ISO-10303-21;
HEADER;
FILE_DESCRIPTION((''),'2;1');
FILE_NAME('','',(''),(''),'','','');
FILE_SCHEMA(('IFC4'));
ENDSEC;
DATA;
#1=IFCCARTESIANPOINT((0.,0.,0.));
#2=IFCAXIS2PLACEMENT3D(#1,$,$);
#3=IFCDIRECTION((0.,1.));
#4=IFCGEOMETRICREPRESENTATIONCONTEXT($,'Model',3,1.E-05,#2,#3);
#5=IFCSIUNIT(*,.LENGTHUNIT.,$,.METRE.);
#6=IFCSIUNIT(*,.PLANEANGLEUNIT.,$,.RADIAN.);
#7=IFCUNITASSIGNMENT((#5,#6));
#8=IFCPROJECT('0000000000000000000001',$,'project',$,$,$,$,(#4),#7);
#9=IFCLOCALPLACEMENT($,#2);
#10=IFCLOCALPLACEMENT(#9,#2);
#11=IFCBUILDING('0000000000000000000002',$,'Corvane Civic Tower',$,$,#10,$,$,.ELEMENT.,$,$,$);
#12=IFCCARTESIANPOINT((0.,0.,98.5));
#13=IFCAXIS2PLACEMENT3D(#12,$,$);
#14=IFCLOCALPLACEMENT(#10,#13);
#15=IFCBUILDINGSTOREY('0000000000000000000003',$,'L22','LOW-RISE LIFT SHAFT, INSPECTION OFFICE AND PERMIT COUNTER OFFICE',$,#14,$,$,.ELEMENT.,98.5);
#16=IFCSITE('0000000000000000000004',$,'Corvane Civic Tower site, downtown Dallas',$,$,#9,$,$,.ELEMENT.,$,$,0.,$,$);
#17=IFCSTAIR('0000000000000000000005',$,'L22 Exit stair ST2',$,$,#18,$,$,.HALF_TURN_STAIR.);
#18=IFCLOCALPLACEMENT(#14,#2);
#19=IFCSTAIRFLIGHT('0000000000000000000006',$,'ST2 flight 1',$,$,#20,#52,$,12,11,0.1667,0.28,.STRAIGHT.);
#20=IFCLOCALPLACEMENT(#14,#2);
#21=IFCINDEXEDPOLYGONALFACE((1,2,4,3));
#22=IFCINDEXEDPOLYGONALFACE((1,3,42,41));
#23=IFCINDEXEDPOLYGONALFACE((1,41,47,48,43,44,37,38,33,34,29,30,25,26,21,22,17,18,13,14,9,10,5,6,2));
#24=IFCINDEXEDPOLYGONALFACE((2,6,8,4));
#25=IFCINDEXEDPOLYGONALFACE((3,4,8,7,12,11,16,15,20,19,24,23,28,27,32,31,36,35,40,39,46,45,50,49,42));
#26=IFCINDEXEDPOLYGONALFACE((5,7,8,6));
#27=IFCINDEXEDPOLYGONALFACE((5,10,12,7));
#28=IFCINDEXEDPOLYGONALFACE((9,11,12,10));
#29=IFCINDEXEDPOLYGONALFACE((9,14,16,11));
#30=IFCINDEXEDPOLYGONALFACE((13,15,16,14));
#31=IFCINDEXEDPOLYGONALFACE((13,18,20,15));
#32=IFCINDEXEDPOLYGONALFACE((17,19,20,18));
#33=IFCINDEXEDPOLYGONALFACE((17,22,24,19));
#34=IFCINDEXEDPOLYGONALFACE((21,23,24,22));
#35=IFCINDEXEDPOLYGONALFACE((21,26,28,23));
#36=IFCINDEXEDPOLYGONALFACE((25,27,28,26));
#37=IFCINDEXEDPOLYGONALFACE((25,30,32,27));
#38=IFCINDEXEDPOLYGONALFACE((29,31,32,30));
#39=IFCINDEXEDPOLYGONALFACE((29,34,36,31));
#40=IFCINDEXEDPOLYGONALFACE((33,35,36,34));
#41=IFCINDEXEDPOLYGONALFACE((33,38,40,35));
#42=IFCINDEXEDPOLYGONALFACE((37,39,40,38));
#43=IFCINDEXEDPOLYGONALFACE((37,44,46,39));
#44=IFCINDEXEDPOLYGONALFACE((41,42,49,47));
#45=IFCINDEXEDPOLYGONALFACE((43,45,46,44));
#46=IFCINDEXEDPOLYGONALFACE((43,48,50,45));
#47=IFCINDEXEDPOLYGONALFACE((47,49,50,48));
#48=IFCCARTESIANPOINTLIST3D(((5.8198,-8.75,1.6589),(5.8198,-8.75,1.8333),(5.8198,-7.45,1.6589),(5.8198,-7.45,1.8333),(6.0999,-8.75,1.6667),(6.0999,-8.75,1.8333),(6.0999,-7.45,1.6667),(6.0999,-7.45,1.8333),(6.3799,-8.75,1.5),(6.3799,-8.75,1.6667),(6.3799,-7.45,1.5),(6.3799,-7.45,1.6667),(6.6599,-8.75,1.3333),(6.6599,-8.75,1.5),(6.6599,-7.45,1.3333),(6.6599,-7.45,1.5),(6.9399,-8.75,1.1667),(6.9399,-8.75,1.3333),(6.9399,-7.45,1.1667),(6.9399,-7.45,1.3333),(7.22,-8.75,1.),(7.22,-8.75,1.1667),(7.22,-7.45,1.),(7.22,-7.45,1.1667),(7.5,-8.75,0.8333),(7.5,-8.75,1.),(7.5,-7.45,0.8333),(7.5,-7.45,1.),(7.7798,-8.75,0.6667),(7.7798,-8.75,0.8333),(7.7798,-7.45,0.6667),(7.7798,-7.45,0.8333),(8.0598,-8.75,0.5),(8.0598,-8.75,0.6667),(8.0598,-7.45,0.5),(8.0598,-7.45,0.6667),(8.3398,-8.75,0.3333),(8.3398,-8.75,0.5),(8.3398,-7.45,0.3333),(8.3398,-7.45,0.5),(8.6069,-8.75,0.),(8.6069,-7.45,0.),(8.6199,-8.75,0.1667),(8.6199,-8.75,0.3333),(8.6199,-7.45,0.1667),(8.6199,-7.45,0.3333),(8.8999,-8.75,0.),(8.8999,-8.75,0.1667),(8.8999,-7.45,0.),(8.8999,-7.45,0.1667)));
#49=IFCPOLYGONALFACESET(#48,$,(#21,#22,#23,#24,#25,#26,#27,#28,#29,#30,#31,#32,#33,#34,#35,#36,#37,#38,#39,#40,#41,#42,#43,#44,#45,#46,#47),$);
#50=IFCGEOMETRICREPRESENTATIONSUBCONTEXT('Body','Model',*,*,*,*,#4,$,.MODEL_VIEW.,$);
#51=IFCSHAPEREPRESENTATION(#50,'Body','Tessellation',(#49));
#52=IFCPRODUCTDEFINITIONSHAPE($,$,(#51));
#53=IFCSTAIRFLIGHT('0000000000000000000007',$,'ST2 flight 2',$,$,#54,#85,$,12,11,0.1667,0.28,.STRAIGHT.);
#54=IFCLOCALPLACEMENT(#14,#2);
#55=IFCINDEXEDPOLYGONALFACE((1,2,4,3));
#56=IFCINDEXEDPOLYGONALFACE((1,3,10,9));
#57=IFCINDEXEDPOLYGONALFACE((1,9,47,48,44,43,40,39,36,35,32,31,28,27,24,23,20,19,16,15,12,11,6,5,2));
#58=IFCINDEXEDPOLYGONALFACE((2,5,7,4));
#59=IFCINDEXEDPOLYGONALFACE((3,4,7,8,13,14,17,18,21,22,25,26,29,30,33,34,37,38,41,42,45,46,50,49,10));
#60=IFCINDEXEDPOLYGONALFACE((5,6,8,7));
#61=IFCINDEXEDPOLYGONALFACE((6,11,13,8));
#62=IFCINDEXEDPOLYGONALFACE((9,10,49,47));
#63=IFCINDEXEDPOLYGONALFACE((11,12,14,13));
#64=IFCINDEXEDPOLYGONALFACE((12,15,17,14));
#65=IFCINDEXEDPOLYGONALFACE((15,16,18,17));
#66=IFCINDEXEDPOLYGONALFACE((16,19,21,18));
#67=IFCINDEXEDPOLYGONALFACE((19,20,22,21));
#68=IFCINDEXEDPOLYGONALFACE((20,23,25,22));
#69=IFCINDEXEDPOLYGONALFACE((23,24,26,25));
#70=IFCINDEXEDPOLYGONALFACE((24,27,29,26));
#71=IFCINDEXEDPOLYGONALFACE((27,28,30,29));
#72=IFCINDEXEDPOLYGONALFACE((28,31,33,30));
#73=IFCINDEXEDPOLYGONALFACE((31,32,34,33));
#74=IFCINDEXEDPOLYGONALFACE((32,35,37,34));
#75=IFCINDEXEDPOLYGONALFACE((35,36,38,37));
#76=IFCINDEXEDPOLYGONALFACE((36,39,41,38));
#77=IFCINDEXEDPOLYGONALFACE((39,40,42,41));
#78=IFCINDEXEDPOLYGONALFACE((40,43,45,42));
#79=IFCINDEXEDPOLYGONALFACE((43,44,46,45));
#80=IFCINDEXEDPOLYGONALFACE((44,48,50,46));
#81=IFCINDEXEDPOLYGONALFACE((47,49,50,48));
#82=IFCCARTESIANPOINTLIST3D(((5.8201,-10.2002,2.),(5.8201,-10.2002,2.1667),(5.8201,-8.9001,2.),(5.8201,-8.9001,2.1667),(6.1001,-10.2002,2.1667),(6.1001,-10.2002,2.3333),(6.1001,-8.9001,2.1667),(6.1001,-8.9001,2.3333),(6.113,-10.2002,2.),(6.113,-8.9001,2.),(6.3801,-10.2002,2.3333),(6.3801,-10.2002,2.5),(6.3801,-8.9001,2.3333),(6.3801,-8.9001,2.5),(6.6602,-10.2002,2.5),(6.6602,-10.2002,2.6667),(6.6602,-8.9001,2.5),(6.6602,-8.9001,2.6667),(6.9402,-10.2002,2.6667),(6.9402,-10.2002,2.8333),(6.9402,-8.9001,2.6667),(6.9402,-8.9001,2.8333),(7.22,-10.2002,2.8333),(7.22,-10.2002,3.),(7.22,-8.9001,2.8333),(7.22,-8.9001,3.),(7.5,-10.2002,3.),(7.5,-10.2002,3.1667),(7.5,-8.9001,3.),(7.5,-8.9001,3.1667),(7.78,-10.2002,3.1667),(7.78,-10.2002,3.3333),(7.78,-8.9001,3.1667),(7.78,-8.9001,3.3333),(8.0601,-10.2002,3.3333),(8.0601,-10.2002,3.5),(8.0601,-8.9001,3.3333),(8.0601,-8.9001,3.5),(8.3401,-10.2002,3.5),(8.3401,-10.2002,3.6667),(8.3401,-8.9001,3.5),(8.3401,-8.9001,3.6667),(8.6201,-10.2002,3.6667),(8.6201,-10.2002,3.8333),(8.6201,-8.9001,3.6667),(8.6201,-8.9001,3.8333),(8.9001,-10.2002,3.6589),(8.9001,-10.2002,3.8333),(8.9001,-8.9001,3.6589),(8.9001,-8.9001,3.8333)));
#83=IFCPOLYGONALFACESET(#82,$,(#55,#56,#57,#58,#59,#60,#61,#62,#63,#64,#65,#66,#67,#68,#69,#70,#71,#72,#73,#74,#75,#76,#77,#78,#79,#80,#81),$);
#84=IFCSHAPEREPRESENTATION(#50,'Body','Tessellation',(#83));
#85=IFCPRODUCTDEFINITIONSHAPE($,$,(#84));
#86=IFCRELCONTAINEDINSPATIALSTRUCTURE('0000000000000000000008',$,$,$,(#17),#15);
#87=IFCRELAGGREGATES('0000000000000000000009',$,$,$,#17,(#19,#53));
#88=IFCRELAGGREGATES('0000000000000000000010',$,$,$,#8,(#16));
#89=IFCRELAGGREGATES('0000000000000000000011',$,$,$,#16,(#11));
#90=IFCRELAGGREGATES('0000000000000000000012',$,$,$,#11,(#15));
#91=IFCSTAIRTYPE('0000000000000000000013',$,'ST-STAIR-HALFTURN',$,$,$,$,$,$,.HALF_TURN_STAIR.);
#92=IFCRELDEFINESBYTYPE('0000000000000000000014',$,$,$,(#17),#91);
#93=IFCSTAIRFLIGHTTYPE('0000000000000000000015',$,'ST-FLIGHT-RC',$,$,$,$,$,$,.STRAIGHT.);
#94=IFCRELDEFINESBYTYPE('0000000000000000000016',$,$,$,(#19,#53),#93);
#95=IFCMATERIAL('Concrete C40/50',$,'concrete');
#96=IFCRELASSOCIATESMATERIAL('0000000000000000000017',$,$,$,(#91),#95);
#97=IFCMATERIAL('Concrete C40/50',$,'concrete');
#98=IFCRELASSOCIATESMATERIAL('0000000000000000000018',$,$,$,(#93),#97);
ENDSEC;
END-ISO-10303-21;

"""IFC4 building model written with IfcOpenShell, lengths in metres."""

from ifc_helpers import new_model, si_unit, direction, frame, origin, place, context, subcontext, project, spatial, polyline, outline, extrude, material, type_object, element, aggregate, save


model = new_model("IFC4")

# Units and contexts
model_context = context("Model", 3, precision=1e-05, world=origin(), true_north=direction((0.0, 1.0)))
body_context = subcontext(model_context, "Body", "Model", "MODEL_VIEW")
ifc_project = project(units=[si_unit("LENGTHUNIT", "METRE"), si_unit("PLANEANGLEUNIT", "RADIAN")], contexts=[model_context])

# Site, building, storey
site_placement = place(None, origin())
site = spatial("IfcSite", under=ifc_project, at=site_placement, Name="Corvane Civic Tower site, downtown Dallas", CompositionType="ELEMENT", RefElevation=0.0)
building_placement = place(site_placement, origin())
building = spatial("IfcBuilding", under=site, at=building_placement, Name="Corvane Civic Tower", CompositionType="ELEMENT")
storey_placement = place(building_placement, frame((0.0, 0.0, 98.5)))
storey = spatial("IfcBuildingStorey", under=building, at=storey_placement, Name="L22", Description="LOW-RISE LIFT SHAFT, INSPECTION OFFICE AND PERMIT COUNTER OFFICE", CompositionType="ELEMENT", Elevation=98.5)

# Stair
ifc_material_1 = material(Name="Concrete C40/50", Category="concrete")
stair_type = type_object("IfcStairType", Name="ST-STAIR-HALFTURN", PredefinedType="HALF_TURN_STAIR", material=ifc_material_1)
stair_1_placement = place(storey_placement, origin())
stair_1 = element("IfcStair", 1, at=stair_1_placement, inside=storey, type_object=stair_type, Name="L22 Exit stair ST2", PredefinedType="HALF_TURN_STAIR")

# Stair flights
ifc_material_2 = material(Name="Concrete C40/50", Category="concrete")
stair_flight_type = type_object("IfcStairFlightType", Name="ST-FLIGHT-RC", PredefinedType="STRAIGHT", material=ifc_material_2)
stair_flight_1_placement = place(storey_placement, frame((8.8999, -8.1001, 0.0), z_axis=(0.0, 0.0, 1.0), x_axis=(-1.0, 0.0, 0.0)))
stair_flight_1 = element("IfcStairFlight", 2, at=stair_flight_1_placement, type_object=stair_flight_type, Name="ST2 flight 1", NumberOfRisers=12, NumberOfTreads=11, PredefinedType="STRAIGHT", RiserHeight=0.1667, TreadLength=0.28, context=body_context, shape_type="SweptSolid", body=[
    extrude(outline(polyline([(0.0, 0.0), (0.0, 0.1667), (0.28, 0.1667), (0.28, 0.3333), (0.5601, 0.3333), (0.5601, 0.5), (0.8401, 0.5), (0.8401, 0.6667), (1.1201, 0.6667), (1.1201, 0.8333), (1.3999, 0.8333), (1.3999, 1.0), (1.6799, 1.0), (1.6799, 1.1667), (1.96, 1.1667), (1.96, 1.3333), (2.24, 1.3333), (2.24, 1.5), (2.52, 1.5), (2.52, 1.6667), (2.8, 1.6667), (2.8, 1.8333), (3.0801, 1.8333), (3.0801, 2.0), (3.0801, 1.6589), (0.293, 0.0), (0.0, 0.0)])), frame((0.0, 0.6499, 0.0), z_axis=(0.0, -1.0, 0.0), x_axis=(1.0, 0.0, 0.0)), (0.0, 0.0, 1.0), 1.3),
])
stair_flight_2_placement = place(storey_placement, frame((5.8201, -9.55, 2.0), z_axis=(0.0, 0.0, 1.0), x_axis=(1.0, 0.0, 0.0)))
stair_flight_2 = element("IfcStairFlight", 3, at=stair_flight_2_placement, type_object=stair_flight_type, Name="ST2 flight 2", NumberOfRisers=12, NumberOfTreads=11, PredefinedType="STRAIGHT", RiserHeight=0.1667, TreadLength=0.28, context=body_context, shape_type="SweptSolid", body=[
    extrude(outline(polyline([(0.0, 0.0), (0.0, 0.1667), (0.28, 0.1667), (0.28, 0.3333), (0.5601, 0.3333), (0.5601, 0.5), (0.8401, 0.5), (0.8401, 0.6667), (1.1201, 0.6667), (1.1201, 0.8333), (1.3999, 0.8333), (1.3999, 1.0), (1.6799, 1.0), (1.6799, 1.1667), (1.96, 1.1667), (1.96, 1.3333), (2.24, 1.3333), (2.24, 1.5), (2.52, 1.5), (2.52, 1.6667), (2.8, 1.6667), (2.8, 1.8333), (3.0801, 1.8333), (3.0801, 2.0), (3.0801, 1.6589), (0.293, 0.0), (0.0, 0.0)])), frame((0.0, 0.6499, 0.0), z_axis=(0.0, -1.0, 0.0), x_axis=(1.0, 0.0, 0.0)), (0.0, 0.0, 1.0), 1.3),
])
aggregate(stair_1, [stair_flight_1, stair_flight_2])

save(model, "model.ifc")
